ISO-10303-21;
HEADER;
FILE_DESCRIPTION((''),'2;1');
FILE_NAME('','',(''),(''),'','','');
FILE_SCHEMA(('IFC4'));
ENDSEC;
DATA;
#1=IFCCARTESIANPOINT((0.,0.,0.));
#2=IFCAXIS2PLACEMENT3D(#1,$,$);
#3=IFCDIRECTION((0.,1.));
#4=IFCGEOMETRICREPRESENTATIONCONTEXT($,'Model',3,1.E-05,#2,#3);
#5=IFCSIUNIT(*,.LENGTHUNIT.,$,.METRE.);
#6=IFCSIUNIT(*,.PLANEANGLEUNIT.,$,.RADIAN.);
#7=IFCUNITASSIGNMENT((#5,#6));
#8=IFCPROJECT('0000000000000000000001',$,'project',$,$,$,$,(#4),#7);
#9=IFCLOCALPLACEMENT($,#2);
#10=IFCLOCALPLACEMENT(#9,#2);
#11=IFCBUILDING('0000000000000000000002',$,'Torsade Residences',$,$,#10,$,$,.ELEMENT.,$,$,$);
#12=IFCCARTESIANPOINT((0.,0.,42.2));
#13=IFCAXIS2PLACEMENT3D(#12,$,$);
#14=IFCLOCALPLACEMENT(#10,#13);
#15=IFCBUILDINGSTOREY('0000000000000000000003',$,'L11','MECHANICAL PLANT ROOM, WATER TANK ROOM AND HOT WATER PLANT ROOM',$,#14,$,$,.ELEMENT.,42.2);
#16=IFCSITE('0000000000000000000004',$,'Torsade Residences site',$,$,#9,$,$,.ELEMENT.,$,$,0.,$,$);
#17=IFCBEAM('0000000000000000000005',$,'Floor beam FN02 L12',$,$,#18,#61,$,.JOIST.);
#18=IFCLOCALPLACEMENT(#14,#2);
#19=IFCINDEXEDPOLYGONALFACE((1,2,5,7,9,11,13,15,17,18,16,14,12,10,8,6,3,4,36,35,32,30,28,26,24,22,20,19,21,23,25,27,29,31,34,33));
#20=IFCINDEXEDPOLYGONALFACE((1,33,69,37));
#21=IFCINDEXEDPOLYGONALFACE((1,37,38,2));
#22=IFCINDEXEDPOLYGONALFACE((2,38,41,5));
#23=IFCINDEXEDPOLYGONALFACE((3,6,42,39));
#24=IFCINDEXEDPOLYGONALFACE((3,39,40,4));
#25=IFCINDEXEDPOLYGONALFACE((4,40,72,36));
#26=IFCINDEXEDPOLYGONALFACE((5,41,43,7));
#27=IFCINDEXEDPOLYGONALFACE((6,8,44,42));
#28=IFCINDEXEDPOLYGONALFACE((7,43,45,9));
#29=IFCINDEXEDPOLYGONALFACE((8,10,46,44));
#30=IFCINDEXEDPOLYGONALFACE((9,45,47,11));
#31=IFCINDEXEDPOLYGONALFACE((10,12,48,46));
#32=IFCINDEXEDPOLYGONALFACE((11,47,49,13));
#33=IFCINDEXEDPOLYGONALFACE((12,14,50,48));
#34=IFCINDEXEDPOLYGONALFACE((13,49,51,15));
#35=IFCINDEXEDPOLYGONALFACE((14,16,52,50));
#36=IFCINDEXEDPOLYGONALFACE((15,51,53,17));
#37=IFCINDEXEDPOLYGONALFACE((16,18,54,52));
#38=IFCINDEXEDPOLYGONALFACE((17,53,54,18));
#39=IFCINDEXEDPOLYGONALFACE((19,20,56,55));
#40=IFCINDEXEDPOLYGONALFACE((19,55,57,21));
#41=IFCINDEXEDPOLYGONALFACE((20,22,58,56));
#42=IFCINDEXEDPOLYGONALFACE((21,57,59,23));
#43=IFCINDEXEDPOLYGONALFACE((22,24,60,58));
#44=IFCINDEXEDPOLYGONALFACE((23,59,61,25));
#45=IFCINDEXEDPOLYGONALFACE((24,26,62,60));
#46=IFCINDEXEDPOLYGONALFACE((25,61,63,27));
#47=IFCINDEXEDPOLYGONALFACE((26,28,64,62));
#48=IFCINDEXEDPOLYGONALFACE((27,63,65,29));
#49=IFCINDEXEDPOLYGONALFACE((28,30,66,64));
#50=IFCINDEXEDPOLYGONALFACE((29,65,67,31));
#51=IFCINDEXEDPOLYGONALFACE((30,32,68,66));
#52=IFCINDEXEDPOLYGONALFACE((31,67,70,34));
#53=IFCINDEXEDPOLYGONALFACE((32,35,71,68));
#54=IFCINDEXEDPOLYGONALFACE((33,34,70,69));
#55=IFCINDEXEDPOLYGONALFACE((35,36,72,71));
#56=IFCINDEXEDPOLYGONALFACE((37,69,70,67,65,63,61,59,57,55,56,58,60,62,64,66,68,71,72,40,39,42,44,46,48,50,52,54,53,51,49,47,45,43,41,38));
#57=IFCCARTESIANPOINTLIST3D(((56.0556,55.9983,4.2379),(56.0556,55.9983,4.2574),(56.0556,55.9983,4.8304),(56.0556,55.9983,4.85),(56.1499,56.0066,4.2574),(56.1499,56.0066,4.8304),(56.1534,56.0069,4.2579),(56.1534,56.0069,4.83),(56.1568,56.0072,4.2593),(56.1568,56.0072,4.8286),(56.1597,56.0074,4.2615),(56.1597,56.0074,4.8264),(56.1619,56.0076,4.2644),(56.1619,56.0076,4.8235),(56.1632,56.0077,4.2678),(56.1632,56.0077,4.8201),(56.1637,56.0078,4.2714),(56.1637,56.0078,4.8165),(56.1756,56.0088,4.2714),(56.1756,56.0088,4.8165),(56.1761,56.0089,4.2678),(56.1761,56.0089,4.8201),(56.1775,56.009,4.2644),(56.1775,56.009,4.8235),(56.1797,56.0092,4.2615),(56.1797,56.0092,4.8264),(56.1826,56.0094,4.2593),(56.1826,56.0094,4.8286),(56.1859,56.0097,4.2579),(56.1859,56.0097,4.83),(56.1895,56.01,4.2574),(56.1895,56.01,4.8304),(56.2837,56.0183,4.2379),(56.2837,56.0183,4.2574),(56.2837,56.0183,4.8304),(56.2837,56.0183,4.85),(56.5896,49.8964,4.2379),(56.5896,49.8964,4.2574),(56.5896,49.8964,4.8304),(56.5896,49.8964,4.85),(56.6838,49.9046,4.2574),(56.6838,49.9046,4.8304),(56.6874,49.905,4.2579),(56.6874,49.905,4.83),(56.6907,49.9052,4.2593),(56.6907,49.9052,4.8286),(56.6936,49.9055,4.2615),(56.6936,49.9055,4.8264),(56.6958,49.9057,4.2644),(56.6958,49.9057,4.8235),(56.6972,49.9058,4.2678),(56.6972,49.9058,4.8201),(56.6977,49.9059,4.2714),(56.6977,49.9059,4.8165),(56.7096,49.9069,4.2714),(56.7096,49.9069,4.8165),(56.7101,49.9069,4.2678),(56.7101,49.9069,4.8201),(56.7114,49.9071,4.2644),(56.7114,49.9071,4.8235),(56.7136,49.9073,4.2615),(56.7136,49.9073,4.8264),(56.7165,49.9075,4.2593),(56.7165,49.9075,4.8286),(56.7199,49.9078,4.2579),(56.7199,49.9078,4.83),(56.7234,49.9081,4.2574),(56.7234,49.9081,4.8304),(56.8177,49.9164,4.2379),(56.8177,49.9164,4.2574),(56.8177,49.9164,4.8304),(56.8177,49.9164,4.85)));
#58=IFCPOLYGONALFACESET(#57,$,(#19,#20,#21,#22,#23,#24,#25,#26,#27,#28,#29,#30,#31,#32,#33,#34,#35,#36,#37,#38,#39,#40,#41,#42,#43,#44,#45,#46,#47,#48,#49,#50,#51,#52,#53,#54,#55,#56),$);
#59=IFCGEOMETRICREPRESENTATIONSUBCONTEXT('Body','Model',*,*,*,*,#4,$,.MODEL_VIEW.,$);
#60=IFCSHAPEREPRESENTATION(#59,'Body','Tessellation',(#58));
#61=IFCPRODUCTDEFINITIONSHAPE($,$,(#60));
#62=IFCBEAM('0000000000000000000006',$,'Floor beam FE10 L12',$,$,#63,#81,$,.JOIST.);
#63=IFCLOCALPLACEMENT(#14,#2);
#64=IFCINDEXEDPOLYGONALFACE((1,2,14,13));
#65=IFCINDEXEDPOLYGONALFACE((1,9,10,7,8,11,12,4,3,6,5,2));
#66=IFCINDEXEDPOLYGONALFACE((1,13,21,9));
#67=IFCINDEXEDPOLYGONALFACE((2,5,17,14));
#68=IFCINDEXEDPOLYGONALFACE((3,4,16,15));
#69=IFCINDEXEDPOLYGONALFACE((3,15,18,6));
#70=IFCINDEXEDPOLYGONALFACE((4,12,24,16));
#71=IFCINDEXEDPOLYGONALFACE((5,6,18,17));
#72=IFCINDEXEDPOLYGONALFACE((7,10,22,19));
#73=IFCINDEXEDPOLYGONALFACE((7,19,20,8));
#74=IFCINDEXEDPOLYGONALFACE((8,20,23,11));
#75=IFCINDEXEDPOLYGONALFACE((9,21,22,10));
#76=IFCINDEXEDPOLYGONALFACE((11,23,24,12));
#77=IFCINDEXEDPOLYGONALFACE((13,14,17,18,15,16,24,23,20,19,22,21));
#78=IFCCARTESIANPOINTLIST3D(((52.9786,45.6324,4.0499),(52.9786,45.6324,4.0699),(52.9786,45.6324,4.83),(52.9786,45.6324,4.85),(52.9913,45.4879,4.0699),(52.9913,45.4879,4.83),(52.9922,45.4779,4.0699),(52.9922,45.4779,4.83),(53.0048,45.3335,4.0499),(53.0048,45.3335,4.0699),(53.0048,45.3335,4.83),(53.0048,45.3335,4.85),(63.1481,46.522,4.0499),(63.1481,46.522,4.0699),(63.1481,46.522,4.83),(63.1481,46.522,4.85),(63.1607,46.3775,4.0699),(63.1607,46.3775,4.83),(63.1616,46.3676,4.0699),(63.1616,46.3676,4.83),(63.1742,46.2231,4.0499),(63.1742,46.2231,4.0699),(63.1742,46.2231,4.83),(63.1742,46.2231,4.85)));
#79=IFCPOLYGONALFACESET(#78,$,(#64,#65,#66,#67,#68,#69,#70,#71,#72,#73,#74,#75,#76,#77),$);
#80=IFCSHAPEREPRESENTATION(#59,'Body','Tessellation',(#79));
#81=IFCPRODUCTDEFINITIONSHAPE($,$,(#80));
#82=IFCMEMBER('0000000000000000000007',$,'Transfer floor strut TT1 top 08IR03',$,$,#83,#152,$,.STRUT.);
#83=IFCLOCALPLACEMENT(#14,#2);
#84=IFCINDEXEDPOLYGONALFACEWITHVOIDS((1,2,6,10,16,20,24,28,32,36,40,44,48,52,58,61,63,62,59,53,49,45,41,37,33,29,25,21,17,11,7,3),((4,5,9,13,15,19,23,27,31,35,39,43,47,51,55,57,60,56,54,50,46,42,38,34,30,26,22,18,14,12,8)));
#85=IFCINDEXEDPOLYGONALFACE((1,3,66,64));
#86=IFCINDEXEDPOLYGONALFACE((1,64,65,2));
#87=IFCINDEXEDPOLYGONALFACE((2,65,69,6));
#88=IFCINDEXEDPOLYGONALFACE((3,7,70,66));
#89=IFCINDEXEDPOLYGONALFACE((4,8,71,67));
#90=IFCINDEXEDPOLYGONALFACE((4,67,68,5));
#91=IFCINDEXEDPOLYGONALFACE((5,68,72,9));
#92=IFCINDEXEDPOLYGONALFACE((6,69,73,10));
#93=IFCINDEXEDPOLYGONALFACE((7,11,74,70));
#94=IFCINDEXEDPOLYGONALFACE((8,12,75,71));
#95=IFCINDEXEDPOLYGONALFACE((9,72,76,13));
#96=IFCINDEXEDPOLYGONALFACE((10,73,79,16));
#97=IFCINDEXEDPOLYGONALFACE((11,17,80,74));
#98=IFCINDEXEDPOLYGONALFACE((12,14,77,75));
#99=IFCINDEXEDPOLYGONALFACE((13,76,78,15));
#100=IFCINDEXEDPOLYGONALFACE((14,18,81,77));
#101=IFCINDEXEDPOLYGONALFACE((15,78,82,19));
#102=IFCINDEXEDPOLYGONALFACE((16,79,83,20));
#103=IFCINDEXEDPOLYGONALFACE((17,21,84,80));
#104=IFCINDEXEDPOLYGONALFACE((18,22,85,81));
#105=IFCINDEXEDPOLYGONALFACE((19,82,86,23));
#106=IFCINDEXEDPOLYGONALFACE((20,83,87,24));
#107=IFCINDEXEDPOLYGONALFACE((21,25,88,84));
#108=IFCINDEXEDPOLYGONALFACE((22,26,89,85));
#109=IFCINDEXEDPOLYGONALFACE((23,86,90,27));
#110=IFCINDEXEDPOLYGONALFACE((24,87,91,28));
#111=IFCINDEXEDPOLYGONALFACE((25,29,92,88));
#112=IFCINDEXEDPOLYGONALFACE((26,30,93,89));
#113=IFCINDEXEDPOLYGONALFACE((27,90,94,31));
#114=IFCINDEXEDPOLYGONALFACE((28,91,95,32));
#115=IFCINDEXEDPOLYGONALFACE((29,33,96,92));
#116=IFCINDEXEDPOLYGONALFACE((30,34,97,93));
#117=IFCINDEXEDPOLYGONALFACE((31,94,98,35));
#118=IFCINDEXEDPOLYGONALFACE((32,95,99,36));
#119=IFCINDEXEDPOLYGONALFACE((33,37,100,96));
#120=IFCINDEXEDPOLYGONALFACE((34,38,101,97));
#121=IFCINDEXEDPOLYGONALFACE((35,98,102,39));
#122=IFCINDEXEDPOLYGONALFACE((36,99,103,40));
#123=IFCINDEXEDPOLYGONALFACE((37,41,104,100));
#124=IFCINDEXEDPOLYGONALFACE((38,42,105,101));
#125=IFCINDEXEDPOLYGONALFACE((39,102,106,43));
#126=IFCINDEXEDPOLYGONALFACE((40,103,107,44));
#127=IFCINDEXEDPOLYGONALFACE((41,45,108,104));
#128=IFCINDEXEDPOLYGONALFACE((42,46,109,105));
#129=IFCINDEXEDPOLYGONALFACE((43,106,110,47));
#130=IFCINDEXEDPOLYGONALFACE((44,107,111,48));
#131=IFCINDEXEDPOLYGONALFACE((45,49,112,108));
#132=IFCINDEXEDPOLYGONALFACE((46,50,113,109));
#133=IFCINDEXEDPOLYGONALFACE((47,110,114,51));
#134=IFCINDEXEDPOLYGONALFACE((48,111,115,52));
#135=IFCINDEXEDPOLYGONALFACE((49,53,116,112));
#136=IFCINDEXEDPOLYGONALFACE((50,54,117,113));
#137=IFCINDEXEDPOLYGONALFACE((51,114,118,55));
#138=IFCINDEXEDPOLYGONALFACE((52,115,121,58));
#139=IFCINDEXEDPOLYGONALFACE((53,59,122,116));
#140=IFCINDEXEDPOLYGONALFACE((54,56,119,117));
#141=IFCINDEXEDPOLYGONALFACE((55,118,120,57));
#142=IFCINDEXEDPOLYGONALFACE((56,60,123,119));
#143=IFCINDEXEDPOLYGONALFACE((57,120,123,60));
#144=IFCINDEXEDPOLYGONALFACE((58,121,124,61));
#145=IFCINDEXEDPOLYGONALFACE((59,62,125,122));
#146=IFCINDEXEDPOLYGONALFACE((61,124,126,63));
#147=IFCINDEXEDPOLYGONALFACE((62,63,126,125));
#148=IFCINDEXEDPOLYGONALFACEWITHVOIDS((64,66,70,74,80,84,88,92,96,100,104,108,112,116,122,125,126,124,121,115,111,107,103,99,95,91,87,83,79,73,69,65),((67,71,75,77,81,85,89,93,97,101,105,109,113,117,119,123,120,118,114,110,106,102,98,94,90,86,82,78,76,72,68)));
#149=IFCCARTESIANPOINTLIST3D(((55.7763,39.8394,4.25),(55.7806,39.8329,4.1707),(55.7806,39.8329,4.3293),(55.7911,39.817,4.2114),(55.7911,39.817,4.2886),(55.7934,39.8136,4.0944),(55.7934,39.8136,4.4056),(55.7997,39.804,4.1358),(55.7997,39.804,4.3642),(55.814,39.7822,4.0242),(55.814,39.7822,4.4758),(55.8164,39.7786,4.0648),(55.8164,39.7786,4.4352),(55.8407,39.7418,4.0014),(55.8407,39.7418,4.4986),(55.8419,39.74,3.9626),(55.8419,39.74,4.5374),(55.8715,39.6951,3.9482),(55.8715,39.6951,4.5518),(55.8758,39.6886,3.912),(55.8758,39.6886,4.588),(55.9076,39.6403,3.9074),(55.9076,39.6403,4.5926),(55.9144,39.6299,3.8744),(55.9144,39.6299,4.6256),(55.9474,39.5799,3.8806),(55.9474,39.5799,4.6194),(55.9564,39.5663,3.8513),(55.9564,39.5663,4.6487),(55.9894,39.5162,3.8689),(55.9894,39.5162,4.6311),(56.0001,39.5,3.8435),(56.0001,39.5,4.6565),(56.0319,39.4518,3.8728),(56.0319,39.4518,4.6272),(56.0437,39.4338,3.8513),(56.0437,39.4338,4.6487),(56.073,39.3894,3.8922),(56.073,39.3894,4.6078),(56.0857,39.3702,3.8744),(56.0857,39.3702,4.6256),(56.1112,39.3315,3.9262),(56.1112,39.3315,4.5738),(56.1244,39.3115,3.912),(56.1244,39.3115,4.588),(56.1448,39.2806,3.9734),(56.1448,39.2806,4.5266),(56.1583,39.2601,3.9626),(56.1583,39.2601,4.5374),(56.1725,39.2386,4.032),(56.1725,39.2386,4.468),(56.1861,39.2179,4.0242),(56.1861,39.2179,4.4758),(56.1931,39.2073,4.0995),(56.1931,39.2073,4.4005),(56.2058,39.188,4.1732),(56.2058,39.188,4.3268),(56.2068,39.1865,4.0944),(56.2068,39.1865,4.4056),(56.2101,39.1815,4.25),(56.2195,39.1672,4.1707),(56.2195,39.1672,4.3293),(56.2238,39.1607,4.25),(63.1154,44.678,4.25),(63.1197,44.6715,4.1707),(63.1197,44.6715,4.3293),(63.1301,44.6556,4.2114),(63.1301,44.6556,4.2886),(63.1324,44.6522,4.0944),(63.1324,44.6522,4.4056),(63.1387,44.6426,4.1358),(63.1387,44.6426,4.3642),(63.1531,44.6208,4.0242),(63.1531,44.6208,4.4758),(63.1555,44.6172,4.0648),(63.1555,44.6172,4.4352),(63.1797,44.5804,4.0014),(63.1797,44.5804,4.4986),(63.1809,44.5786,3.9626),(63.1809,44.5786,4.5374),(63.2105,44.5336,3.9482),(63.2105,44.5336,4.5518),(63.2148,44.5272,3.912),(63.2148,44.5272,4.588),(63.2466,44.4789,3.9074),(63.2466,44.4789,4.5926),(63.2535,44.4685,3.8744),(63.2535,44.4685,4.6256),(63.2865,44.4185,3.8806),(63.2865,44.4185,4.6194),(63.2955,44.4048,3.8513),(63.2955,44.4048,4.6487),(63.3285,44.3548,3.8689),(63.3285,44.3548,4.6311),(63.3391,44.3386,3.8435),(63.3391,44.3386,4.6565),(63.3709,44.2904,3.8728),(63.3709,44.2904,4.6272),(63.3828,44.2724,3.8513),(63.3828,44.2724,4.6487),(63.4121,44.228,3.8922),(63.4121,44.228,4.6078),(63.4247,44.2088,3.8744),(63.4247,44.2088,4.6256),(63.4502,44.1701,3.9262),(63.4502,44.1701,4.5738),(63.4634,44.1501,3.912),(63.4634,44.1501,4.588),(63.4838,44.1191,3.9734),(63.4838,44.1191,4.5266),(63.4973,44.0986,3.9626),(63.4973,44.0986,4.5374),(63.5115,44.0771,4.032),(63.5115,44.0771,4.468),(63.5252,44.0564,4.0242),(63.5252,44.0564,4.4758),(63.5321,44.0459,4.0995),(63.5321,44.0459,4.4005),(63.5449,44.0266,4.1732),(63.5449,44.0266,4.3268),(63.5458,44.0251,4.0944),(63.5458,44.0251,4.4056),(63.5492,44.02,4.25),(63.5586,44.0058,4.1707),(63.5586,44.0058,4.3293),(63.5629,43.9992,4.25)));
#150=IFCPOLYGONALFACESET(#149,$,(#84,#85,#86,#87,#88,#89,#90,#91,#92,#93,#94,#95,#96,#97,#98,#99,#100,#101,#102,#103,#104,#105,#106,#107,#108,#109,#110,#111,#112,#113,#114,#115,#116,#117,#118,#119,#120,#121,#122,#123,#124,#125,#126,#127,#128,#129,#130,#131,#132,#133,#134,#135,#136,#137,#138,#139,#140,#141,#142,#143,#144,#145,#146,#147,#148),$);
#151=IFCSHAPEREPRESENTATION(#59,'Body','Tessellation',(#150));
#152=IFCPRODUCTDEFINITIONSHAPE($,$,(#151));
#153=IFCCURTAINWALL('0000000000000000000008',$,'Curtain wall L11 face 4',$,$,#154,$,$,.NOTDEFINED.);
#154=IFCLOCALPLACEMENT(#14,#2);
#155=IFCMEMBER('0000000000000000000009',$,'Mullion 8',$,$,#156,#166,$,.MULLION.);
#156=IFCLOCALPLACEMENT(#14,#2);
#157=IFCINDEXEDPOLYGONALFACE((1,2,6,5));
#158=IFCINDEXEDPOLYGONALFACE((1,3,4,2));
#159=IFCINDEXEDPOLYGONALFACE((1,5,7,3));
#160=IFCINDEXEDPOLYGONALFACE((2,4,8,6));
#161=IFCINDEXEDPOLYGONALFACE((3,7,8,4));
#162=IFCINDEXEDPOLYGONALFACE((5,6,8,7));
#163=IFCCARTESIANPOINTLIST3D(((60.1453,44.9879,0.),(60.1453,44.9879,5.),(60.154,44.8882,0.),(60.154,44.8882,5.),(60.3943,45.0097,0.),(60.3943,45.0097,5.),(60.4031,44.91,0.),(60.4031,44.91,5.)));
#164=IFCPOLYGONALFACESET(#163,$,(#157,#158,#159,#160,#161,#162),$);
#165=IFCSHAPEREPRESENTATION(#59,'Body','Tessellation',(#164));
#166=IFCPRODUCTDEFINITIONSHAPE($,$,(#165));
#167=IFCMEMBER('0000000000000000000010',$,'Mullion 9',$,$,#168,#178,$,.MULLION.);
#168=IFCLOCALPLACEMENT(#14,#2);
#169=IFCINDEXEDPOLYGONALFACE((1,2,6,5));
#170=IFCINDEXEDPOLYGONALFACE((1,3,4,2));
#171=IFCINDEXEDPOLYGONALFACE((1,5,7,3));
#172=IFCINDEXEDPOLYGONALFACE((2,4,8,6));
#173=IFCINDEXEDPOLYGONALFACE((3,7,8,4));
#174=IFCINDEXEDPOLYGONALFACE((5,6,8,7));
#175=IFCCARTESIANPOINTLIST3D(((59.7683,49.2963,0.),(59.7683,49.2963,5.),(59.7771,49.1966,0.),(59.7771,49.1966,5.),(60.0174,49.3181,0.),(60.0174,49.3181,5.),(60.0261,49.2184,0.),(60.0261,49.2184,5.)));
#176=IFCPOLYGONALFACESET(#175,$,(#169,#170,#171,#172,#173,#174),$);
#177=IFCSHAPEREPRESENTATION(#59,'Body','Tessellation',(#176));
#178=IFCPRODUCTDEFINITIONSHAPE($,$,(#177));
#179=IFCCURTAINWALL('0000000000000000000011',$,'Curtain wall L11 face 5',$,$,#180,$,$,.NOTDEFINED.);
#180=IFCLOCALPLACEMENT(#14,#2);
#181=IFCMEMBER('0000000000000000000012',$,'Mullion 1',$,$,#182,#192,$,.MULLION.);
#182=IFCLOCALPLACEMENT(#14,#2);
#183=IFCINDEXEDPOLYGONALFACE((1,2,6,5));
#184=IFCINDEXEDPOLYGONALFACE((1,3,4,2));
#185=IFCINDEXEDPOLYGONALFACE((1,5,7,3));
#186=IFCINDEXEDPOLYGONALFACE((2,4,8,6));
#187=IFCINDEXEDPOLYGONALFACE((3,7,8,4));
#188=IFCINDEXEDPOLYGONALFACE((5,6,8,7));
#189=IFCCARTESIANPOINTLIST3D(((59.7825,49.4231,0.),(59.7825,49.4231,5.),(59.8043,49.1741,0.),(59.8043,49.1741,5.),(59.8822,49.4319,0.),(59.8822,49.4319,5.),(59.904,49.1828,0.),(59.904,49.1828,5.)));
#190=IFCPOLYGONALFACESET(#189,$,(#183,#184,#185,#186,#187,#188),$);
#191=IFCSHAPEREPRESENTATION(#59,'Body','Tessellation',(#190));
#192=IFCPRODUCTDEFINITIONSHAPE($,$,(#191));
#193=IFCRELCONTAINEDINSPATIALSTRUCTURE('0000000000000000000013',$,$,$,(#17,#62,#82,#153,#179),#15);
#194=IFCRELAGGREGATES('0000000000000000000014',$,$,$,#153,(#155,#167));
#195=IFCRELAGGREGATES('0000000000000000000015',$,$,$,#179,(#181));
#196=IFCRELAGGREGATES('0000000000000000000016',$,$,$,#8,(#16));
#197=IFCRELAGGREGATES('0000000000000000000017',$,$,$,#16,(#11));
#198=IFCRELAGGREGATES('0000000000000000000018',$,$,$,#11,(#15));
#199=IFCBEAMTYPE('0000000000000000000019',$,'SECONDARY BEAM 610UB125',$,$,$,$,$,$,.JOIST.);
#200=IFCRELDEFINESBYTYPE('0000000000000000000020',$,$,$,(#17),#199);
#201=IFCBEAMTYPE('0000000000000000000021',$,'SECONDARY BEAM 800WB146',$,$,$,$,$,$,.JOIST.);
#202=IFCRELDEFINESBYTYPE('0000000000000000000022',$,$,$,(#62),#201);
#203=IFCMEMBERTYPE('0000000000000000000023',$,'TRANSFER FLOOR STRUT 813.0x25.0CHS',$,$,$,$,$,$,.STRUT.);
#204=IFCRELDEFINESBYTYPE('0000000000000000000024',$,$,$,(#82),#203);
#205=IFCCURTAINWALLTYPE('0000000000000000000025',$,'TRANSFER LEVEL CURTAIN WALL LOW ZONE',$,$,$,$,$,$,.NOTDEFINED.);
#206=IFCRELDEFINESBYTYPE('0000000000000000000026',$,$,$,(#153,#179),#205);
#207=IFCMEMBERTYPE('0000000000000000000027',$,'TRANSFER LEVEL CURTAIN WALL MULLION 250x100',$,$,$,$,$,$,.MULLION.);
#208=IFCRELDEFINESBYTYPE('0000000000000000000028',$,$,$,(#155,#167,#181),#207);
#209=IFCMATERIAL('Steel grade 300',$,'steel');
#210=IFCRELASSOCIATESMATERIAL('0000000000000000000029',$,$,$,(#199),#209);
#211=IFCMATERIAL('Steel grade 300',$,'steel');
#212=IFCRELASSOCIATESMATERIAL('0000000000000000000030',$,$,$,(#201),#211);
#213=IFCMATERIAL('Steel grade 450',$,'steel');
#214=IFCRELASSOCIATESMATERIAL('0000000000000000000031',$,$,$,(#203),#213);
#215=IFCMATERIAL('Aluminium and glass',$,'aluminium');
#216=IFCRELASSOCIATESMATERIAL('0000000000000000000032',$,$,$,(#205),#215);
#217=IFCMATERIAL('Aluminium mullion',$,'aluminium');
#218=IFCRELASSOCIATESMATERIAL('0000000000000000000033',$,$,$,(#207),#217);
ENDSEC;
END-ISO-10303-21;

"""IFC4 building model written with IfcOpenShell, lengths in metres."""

from ifc_helpers import new_model, si_unit, direction, frame, origin, origin_2d, place, context, subcontext, project, spatial, rectangle, hollow_circle, i_section, extrude, material, material_profile, profile_set, type_object, element, aggregate, save


model = new_model("IFC4")

# Units and contexts
model_context = context("Model", 3, precision=1e-05, world=origin(), true_north=direction((0.0, 1.0)))
body_context = subcontext(model_context, "Body", "Model", "MODEL_VIEW")
ifc_project = project(units=[si_unit("LENGTHUNIT", "METRE"), si_unit("PLANEANGLEUNIT", "RADIAN")], contexts=[model_context])

# Site, building, storey
site_placement = place(None, origin())
site = spatial("IfcSite", under=ifc_project, at=site_placement, Name="Torsade Residences site", CompositionType="ELEMENT", RefElevation=0.0)
building_placement = place(site_placement, origin())
building = spatial("IfcBuilding", under=site, at=building_placement, Name="Torsade Residences", CompositionType="ELEMENT")
storey_placement = place(building_placement, frame((0.0, 0.0, 42.2)))
storey = spatial("IfcBuildingStorey", under=building, at=storey_placement, Name="L11", Description="MECHANICAL PLANT ROOM, WATER TANK ROOM AND HOT WATER PLANT ROOM", CompositionType="ELEMENT", Elevation=42.2)

# Beams
ifc_material_1 = material(Name="Steel grade 300", Category="steel")
ifc_material_profile_1 = material_profile(ifc_material_1, i_section(OverallWidth=0.229, OverallDepth=0.6121, WebThickness=0.012, FlangeThickness=0.0195, FilletRadius=0.0139, at=origin_2d()), Name="610UB125")
ifc_profile_set_1 = profile_set([ifc_material_profile_1], Name="Steel grade 300")
beam_type_1 = type_object("IfcBeamType", Name="SECONDARY BEAM 610UB125", PredefinedType="JOIST", material=ifc_profile_set_1)
beam_1_placement = place(storey_placement, frame((56.1697, 56.0083, 4.5439), z_axis=(0.087171, -0.996193, 0.0), x_axis=(0.996193, 0.087171, 0.0)))
element("IfcBeam", 1, at=beam_1_placement, inside=storey, type_object=beam_type_1, Name="Floor beam FN02 L12", PredefinedType="JOIST", context=body_context, shape_type="SweptSolid", body=[
    extrude(i_section(OverallWidth=0.229, OverallDepth=0.6121, WebThickness=0.012, FlangeThickness=0.0195, FilletRadius=0.0139, at=origin_2d()), origin(), (0.0, 0.0, 1.0), 6.1252),
])
ifc_material_2 = material(Name="Steel grade 300", Category="steel")
ifc_material_profile_2 = material_profile(ifc_material_2, i_section(OverallWidth=0.3, OverallDepth=0.8, WebThickness=0.01, FlangeThickness=0.02, at=origin_2d()), Name="800WB146")
ifc_profile_set_2 = profile_set([ifc_material_profile_2], Name="Steel grade 300")
beam_type_2 = type_object("IfcBeamType", Name="SECONDARY BEAM 800WB146", PredefinedType="JOIST", material=ifc_profile_set_2)
beam_2_placement = place(storey_placement, frame((63.1611, 46.3726, 4.45), z_axis=(-0.996195, -0.08715, 0.0), x_axis=(0.08715, -0.996195, 0.0)))
element("IfcBeam", 2, at=beam_2_placement, inside=storey, type_object=beam_type_2, Name="Floor beam FE10 L12", PredefinedType="JOIST", context=body_context, shape_type="SweptSolid", body=[
    extrude(i_section(OverallWidth=0.3, OverallDepth=0.8, WebThickness=0.01, FlangeThickness=0.02, at=origin_2d()), origin(), (0.0, 0.0, 1.0), 10.2083),
])

# Member
ifc_material_3 = material(Name="Steel grade 450", Category="steel")
ifc_material_profile_3 = material_profile(ifc_material_3, hollow_circle(Radius=0.4065, WallThickness=0.0249, at=origin_2d()), Name="813.0x25.0CHS")
ifc_profile_set_3 = profile_set([ifc_material_profile_3], Name="Steel grade 450")
member_type_1 = type_object("IfcMemberType", Name="TRANSFER FLOOR STRUT 813.0x25.0CHS", PredefinedType="STRUT", material=ifc_profile_set_3)
member_1_placement = place(storey_placement, frame((63.3391, 44.3386, 4.25), z_axis=(-0.834881, -0.550431, 0.0), x_axis=(0.550431, -0.834881, 0.0)))
element("IfcMember", 3, at=member_1_placement, inside=storey, type_object=member_type_1, Name="Transfer floor strut TT1 top 08IR03", PredefinedType="STRUT", context=body_context, shape_type="SweptSolid", body=[
    extrude(hollow_circle(Radius=0.4065, WallThickness=0.0249, at=origin_2d()), origin(), (0.0, 0.0, 1.0), 8.7905),
])

# Curtain walls, members
ifc_material_4 = material(Name="Aluminium and glass", Category="aluminium")
curtain_wall_type = type_object("IfcCurtainWallType", Name="TRANSFER LEVEL CURTAIN WALL LOW ZONE", PredefinedType="NOTDEFINED", material=ifc_material_4)
curtain_wall_1_placement = place(storey_placement, origin())
curtain_wall_1 = element("IfcCurtainWall", 4, at=curtain_wall_1_placement, inside=storey, type_object=curtain_wall_type, Name="Curtain wall L11 face 4", PredefinedType="NOTDEFINED")
ifc_material_5 = material(Name="Aluminium mullion", Category="aluminium")
ifc_material_profile_4 = material_profile(ifc_material_5, rectangle(XDim=0.25, YDim=0.1001, at=origin_2d()), Name="TRANSFER LEVEL CURTAIN WALL MULLION 250x100")
ifc_profile_set_4 = profile_set([ifc_material_profile_4], Name="Aluminium mullion")
member_type_2 = type_object("IfcMemberType", Name="TRANSFER LEVEL CURTAIN WALL MULLION 250x100", PredefinedType="MULLION", material=ifc_profile_set_4)
member_2_placement = place(storey_placement, frame((60.2742, 44.949, 0.0), z_axis=(0.0, 0.0, 1.0), x_axis=(-0.996195, -0.087156, 0.0)))
member_2 = element("IfcMember", 5, at=member_2_placement, type_object=member_type_2, Name="Mullion 8", PredefinedType="MULLION", context=body_context, shape_type="SweptSolid", body=[
    extrude(rectangle(XDim=0.25, YDim=0.1001, at=origin_2d()), origin(), (0.0, 0.0, 1.0), 5.0),
])
member_3_placement = place(storey_placement, frame((59.8972, 49.2573, 0.0), z_axis=(0.0, 0.0, 1.0), x_axis=(-0.996195, -0.087156, 0.0)))
member_3 = element("IfcMember", 6, at=member_3_placement, type_object=member_type_2, Name="Mullion 9", PredefinedType="MULLION", context=body_context, shape_type="SweptSolid", body=[
    extrude(rectangle(XDim=0.25, YDim=0.1001, at=origin_2d()), origin(), (0.0, 0.0, 1.0), 5.0),
])
curtain_wall_2_placement = place(storey_placement, origin())
curtain_wall_2 = element("IfcCurtainWall", 7, at=curtain_wall_2_placement, inside=storey, type_object=curtain_wall_type, Name="Curtain wall L11 face 5", PredefinedType="NOTDEFINED")
member_4_placement = place(storey_placement, frame((59.8433, 49.303, 0.0), z_axis=(0.0, 0.0, 1.0), x_axis=(0.087156, -0.996195, 0.0)))
member_4 = element("IfcMember", 8, at=member_4_placement, type_object=member_type_2, Name="Mullion 1", PredefinedType="MULLION", context=body_context, shape_type="SweptSolid", body=[
    extrude(rectangle(XDim=0.25, YDim=0.1001, at=origin_2d()), origin(), (0.0, 0.0, 1.0), 5.0),
])

aggregate(curtain_wall_1, [member_2, member_3])
aggregate(curtain_wall_2, [member_4])

save(model, "model.ifc")
